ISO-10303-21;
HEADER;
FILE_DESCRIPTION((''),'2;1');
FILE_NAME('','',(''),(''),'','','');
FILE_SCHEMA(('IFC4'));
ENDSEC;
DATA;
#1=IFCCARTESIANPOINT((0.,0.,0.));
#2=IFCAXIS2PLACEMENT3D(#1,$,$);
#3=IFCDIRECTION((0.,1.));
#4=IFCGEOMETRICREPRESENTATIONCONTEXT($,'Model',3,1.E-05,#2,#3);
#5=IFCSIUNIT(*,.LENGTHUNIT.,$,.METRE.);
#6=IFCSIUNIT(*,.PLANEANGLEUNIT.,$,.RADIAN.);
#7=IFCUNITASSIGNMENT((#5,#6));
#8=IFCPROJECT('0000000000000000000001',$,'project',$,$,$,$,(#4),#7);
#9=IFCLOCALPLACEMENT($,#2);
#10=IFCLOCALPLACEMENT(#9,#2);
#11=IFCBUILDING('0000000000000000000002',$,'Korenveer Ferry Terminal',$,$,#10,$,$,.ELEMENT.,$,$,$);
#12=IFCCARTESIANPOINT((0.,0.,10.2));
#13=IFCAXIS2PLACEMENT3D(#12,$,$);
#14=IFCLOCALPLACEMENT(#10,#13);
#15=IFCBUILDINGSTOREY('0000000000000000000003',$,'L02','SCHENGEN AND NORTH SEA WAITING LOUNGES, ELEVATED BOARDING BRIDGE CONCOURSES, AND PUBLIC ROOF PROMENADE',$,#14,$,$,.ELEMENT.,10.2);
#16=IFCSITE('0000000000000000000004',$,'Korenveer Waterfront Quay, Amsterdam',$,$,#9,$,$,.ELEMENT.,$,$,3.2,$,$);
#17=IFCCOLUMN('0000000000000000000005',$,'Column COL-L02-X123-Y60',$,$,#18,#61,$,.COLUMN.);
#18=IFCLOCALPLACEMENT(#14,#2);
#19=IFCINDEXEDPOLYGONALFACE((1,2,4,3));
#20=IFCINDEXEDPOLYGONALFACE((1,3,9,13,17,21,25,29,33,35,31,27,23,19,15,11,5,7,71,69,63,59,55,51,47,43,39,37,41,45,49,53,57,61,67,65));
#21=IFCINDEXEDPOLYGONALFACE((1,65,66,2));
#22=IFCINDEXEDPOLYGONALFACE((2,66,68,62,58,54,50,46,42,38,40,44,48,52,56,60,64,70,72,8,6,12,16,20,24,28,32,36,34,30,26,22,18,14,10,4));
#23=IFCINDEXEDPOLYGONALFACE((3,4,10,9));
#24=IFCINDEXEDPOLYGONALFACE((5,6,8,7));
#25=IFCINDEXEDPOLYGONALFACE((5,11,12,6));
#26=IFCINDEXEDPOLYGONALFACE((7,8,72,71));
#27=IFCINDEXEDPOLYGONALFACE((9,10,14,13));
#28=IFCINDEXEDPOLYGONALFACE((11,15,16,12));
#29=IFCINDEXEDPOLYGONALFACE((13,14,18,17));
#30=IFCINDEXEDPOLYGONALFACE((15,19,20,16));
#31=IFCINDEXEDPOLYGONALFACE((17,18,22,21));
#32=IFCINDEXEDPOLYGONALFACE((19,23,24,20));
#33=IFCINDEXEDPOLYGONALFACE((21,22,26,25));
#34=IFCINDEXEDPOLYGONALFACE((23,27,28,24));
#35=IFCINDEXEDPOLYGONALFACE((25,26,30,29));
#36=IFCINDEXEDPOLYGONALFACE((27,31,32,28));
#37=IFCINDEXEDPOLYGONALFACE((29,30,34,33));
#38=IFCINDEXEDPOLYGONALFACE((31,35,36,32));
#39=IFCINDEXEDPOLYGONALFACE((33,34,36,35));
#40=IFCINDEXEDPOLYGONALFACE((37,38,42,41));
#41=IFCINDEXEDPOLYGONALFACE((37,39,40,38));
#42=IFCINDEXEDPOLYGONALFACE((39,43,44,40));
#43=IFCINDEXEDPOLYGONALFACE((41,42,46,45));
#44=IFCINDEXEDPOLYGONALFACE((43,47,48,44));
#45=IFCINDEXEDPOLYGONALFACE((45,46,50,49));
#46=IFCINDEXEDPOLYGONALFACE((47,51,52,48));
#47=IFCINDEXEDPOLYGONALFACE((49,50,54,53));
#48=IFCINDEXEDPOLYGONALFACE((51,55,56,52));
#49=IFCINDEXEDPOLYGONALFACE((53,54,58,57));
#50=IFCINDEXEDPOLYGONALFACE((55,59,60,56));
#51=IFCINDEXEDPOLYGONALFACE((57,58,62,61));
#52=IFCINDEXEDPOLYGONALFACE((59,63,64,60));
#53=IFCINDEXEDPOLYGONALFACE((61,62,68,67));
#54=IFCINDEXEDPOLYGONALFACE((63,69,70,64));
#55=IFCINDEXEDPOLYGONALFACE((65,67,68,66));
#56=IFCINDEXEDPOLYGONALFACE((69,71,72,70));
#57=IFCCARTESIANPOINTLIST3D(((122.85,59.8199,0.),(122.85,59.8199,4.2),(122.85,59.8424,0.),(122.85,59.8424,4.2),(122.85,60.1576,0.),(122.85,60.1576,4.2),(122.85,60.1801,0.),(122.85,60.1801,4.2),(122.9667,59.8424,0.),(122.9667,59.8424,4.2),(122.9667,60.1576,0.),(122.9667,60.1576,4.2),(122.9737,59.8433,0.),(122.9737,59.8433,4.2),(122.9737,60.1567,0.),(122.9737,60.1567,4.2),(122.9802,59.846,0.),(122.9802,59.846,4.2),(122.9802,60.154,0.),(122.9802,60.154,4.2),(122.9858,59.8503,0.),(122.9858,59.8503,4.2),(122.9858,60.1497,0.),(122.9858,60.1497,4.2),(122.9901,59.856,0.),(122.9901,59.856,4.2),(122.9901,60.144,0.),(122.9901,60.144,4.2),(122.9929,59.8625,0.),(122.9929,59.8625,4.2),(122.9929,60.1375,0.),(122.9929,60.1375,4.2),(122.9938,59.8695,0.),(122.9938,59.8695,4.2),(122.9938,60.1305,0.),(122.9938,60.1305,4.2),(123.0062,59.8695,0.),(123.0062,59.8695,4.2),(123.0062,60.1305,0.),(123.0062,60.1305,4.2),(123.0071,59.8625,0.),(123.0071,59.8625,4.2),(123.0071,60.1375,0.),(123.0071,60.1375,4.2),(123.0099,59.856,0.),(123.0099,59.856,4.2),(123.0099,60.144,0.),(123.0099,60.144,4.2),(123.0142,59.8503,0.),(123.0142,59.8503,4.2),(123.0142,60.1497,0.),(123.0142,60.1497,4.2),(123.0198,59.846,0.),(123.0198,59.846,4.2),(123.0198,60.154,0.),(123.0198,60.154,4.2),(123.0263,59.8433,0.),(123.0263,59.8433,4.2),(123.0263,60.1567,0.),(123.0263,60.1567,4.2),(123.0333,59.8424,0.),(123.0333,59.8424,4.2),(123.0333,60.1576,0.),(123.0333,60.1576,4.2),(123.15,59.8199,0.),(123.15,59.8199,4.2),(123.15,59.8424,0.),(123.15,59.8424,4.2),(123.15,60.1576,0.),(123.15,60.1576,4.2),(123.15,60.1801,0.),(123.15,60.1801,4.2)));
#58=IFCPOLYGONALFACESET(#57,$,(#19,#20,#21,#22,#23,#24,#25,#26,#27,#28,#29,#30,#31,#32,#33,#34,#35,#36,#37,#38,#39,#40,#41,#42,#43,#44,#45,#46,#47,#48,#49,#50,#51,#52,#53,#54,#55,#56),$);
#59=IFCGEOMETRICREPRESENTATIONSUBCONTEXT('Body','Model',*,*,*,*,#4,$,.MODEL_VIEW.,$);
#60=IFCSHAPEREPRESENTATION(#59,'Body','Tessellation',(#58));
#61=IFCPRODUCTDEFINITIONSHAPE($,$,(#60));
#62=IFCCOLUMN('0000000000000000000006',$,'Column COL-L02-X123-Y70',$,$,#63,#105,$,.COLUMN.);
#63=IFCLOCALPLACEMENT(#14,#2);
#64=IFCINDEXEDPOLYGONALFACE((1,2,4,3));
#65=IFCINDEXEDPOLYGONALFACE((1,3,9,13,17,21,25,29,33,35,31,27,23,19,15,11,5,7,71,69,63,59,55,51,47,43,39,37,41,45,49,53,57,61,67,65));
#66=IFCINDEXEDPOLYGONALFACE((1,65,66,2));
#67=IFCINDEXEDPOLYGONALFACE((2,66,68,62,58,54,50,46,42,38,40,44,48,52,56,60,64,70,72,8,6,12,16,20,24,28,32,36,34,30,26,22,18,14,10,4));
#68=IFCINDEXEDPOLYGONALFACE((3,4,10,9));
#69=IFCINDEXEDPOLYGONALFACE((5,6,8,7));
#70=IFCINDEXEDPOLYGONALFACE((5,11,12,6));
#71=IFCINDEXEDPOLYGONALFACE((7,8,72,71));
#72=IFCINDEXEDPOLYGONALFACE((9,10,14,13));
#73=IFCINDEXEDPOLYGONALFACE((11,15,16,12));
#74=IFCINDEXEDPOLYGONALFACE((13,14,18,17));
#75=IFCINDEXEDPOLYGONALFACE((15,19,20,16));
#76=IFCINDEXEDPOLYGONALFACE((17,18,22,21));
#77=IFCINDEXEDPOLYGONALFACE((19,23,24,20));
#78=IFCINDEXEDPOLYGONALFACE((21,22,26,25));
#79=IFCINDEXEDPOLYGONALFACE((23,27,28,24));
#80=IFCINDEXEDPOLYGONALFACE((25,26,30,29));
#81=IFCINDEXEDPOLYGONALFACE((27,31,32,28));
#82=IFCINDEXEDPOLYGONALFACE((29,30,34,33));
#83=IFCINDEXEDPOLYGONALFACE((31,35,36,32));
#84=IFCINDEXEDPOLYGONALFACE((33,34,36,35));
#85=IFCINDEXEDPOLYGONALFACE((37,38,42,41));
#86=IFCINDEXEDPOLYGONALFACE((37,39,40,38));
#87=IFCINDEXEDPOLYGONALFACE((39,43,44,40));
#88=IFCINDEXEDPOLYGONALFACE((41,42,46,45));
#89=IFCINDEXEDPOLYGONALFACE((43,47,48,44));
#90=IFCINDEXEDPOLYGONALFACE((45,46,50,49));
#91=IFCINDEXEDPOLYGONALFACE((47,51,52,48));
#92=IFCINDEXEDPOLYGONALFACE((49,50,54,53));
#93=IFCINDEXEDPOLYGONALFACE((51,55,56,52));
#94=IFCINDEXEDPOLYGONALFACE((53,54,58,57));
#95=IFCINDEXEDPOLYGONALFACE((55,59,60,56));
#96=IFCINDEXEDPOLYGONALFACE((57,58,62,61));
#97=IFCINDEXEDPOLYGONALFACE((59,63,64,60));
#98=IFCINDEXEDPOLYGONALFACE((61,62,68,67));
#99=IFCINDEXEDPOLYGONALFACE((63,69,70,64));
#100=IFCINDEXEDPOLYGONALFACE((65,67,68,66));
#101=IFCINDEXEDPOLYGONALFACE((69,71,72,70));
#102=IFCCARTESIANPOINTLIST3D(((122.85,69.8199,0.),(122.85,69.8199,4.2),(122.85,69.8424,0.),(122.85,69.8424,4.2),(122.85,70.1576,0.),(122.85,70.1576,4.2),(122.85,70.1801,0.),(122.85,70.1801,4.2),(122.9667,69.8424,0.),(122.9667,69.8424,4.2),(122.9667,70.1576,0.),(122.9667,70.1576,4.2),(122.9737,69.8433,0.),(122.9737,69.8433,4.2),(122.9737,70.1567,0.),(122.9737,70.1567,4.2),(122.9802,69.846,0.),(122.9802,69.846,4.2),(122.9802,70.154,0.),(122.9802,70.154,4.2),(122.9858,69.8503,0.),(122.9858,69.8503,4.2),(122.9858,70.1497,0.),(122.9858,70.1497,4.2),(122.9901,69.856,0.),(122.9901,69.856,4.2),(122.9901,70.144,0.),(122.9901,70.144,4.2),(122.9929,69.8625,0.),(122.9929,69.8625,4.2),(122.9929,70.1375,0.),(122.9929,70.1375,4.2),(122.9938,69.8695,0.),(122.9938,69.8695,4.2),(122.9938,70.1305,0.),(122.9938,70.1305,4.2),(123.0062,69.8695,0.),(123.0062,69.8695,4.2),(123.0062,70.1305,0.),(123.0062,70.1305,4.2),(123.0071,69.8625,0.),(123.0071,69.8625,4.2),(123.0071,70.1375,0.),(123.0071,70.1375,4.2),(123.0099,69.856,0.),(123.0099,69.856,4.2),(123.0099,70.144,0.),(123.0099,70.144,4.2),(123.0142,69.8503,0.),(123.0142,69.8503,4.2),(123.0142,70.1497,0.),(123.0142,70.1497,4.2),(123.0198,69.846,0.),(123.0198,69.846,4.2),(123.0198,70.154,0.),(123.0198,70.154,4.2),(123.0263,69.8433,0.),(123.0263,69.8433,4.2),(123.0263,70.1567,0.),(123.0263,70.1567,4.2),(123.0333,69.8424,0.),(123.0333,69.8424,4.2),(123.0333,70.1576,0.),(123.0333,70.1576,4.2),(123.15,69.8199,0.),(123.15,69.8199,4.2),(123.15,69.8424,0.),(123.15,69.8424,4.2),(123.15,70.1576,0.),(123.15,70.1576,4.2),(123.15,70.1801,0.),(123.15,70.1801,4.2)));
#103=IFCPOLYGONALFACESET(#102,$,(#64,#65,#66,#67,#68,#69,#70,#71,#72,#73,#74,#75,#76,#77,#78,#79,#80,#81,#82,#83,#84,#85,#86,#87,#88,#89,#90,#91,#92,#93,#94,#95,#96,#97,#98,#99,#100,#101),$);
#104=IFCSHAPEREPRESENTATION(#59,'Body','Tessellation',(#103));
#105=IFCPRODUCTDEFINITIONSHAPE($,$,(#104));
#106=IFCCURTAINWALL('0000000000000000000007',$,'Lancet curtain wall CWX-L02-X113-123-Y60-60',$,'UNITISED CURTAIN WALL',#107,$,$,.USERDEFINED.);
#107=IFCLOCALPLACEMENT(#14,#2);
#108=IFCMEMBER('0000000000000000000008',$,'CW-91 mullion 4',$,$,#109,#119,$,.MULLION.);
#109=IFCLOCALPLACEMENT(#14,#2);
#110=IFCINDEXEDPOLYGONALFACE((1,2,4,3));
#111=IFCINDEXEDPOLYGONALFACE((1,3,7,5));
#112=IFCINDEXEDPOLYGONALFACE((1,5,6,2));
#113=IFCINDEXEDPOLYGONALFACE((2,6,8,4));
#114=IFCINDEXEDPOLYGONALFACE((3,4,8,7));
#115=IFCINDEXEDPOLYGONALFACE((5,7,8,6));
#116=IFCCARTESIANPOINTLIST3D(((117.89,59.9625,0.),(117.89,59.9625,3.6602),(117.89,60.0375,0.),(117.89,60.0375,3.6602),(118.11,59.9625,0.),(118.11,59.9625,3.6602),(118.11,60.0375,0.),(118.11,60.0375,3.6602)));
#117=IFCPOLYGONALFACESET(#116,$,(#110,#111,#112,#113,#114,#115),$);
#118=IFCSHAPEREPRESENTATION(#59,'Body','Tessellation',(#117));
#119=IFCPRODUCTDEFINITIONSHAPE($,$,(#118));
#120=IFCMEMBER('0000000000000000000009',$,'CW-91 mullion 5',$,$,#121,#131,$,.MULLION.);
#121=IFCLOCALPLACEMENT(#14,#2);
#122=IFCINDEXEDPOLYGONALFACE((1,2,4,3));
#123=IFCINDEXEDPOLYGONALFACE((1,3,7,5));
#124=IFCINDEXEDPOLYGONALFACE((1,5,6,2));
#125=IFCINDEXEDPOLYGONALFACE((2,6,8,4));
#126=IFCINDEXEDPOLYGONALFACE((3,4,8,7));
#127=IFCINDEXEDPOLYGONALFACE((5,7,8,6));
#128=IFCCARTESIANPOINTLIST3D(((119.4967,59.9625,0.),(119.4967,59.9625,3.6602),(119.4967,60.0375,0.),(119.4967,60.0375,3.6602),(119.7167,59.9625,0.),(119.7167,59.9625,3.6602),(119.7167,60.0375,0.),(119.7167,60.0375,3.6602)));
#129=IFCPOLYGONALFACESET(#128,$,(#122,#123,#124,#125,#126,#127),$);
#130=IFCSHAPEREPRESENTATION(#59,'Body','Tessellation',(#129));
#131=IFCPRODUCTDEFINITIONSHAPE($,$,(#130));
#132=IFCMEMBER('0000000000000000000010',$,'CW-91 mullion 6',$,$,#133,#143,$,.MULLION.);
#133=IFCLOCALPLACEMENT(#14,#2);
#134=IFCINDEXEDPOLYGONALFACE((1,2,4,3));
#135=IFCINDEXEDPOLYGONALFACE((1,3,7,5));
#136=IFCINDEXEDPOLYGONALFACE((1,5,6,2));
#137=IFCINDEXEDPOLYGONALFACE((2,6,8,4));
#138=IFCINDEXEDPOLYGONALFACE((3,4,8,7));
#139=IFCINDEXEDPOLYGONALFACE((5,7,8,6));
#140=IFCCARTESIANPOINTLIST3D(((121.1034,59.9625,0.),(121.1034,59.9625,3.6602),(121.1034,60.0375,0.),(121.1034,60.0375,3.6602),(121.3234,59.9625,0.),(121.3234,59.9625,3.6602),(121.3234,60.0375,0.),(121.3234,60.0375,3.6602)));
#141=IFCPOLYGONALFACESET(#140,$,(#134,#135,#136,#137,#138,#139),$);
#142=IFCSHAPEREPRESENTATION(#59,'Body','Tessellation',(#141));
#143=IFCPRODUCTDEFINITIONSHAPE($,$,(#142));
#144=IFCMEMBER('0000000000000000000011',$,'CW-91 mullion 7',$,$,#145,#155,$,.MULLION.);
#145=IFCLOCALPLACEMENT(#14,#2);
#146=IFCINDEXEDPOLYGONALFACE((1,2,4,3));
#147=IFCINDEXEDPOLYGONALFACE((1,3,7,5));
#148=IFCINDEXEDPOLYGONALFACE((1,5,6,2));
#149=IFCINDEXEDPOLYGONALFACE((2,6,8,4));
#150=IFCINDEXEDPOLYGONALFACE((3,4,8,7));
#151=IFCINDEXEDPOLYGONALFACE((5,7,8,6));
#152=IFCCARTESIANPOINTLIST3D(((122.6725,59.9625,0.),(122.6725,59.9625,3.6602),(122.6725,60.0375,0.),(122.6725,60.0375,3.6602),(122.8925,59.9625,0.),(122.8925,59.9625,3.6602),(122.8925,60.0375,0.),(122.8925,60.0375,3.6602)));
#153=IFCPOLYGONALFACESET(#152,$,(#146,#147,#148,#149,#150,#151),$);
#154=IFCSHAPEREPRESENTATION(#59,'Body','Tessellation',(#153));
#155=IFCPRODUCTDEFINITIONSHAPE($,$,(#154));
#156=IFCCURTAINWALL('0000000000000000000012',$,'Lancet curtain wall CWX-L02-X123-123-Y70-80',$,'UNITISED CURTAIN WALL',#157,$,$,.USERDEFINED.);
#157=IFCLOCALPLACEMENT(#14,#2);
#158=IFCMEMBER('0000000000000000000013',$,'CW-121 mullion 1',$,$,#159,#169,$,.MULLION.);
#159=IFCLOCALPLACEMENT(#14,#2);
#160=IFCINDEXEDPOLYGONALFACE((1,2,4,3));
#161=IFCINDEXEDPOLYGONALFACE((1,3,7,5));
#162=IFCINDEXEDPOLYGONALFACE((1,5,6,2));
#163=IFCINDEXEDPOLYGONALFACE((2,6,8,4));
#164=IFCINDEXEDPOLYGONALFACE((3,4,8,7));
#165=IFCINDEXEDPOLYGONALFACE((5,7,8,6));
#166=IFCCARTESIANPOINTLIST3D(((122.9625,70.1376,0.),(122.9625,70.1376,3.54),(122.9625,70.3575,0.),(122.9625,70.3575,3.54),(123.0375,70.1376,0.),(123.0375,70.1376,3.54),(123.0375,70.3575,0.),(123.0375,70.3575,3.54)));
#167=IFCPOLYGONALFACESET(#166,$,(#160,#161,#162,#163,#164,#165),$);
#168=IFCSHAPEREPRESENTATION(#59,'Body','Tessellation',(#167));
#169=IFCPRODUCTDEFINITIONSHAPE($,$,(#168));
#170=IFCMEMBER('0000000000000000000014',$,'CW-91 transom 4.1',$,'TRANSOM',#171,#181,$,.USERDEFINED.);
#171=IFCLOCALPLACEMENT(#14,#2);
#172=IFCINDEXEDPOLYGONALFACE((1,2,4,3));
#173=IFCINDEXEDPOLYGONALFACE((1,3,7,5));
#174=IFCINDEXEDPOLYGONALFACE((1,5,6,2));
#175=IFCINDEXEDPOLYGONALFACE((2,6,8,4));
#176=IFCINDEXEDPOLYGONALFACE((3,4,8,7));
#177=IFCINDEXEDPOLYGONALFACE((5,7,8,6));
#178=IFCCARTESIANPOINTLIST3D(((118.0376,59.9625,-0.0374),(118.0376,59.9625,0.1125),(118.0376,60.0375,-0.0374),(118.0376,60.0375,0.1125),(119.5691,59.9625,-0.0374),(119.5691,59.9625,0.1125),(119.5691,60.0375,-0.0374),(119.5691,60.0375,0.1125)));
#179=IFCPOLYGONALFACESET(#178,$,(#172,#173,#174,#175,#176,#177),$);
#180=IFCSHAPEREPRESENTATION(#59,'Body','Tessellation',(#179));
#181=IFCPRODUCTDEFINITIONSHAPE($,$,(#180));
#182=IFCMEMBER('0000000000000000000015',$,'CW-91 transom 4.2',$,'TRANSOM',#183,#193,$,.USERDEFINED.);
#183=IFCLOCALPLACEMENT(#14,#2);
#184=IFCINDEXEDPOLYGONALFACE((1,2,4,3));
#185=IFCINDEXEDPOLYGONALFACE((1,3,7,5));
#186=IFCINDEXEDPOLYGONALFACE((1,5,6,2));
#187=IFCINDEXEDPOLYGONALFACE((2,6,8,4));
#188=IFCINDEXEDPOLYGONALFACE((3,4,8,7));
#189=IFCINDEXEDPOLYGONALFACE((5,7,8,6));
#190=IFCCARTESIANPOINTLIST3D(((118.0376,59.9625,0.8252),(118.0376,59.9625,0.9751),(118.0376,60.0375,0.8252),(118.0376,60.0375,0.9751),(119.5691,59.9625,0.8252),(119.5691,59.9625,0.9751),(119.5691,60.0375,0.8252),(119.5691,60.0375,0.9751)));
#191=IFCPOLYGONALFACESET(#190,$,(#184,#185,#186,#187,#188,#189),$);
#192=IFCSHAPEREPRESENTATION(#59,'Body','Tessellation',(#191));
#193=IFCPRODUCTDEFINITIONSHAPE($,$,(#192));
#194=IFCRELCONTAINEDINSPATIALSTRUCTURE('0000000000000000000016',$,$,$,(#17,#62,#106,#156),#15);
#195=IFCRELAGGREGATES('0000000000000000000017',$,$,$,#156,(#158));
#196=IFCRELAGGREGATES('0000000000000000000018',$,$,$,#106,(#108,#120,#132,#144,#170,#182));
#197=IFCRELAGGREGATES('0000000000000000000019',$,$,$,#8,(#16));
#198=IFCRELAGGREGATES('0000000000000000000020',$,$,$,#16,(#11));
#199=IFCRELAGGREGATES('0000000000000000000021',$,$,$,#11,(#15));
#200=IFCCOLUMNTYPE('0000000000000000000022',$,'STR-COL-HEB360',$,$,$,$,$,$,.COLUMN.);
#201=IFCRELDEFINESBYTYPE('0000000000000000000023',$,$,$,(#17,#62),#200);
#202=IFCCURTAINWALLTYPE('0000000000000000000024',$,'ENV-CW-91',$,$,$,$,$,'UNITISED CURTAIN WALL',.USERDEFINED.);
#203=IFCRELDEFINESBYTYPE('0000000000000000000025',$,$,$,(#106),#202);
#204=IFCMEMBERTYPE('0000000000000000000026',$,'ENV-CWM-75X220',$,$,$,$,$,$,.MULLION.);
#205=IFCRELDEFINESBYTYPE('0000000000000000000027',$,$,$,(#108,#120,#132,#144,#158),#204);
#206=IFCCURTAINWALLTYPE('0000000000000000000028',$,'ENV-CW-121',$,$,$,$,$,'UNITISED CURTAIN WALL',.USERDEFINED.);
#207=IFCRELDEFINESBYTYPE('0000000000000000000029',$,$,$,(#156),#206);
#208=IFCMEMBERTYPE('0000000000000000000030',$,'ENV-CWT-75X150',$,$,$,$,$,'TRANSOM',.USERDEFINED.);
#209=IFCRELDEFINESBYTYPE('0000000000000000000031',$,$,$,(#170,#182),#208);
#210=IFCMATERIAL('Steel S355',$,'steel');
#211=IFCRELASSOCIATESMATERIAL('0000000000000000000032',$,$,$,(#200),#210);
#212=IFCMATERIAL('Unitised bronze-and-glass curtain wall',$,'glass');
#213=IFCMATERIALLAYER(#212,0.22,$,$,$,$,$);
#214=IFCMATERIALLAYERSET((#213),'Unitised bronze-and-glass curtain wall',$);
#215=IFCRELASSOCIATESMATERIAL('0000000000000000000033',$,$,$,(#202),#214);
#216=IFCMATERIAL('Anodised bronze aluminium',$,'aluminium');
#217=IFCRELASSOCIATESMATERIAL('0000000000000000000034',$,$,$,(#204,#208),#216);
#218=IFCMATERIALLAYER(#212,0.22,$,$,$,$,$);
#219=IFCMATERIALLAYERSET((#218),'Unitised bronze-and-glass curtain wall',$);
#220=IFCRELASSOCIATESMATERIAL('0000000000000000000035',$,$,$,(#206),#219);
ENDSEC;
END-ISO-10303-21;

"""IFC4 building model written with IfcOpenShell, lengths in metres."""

from ifc_helpers import new_model, si_unit, direction, frame, origin, origin_2d, place, context, subcontext, project, spatial, rectangle, i_section, extrude, material, layer, layer_set, material_profile, profile_set, type_object, element, aggregate, save


model = new_model("IFC4")

# Units and contexts
model_context = context("Model", 3, precision=1e-05, world=origin(), true_north=direction((0.0, 1.0)))
body_context = subcontext(model_context, "Body", "Model", "MODEL_VIEW")
ifc_project = project(units=[si_unit("LENGTHUNIT", "METRE"), si_unit("PLANEANGLEUNIT", "RADIAN")], contexts=[model_context])

# Site, building, storey
site_placement = place(None, origin())
site = spatial("IfcSite", under=ifc_project, at=site_placement, Name="Korenveer Waterfront Quay, Amsterdam", CompositionType="ELEMENT", RefElevation=3.2)
building_placement = place(site_placement, origin())
building = spatial("IfcBuilding", under=site, at=building_placement, Name="Korenveer Ferry Terminal", CompositionType="ELEMENT")
storey_placement = place(building_placement, frame((0.0, 0.0, 10.2)))
storey = spatial("IfcBuildingStorey", under=building, at=storey_placement, Name="L02", Description="SCHENGEN AND NORTH SEA WAITING LOUNGES, ELEVATED BOARDING BRIDGE CONCOURSES, AND PUBLIC ROOF PROMENADE", CompositionType="ELEMENT", Elevation=10.2)

# Columns
ifc_material_1 = material(Name="Steel S355", Category="steel")
ifc_material_profile_1 = material_profile(ifc_material_1, i_section(OverallWidth=0.3, OverallDepth=0.3601, WebThickness=0.0125, FlangeThickness=0.0225, FilletRadius=0.0271, at=origin_2d()), Name="HEB 360")
ifc_profile_set_1 = profile_set([ifc_material_profile_1], Name="Steel S355")
column_type = type_object("IfcColumnType", Name="STR-COL-HEB360", PredefinedType="COLUMN", material=ifc_profile_set_1)
for number, where, z_axis, x_axis, name in (
    (1, (123.0, 60.0, 0.0), (0.0, 0.0, 1.0), (1.0, 0.0, 0.0), "Column COL-L02-X123-Y60"),
    (2, (123.0, 70.0, 0.0), (0.0, 0.0, 1.0), (1.0, 0.0, 0.0), "Column COL-L02-X123-Y70"),
):
    element("IfcColumn", number, at=place(storey_placement, frame(where, z_axis=z_axis, x_axis=x_axis)), inside=storey, type_object=column_type, Name=name, PredefinedType="COLUMN", context=body_context, shape_type="SweptSolid", body=[
        extrude(i_section(OverallWidth=0.3, OverallDepth=0.3601, WebThickness=0.0125, FlangeThickness=0.0225, FilletRadius=0.0271, at=origin_2d()), origin(), (0.0, 0.0, 1.0), 4.2),
    ])

# Curtain wall, members
ifc_material_2 = material(Name="Unitised bronze-and-glass curtain wall", Category="glass")
ifc_layer_1 = layer(ifc_material_2, 0.22)
ifc_layer_set_1 = layer_set([ifc_layer_1], Name="Unitised bronze-and-glass curtain wall")
curtain_wall_type_1 = type_object("IfcCurtainWallType", Name="ENV-CW-91", ElementType="UNITISED CURTAIN WALL", PredefinedType="USERDEFINED", material=ifc_layer_set_1)
curtain_wall_1_placement = place(storey_placement, frame((113.1799, 60.0, 0.0)))
curtain_wall_1 = element("IfcCurtainWall", 3, at=curtain_wall_1_placement, inside=storey, type_object=curtain_wall_type_1, Name="Lancet curtain wall CWX-L02-X113-123-Y60-60", ObjectType="UNITISED CURTAIN WALL", PredefinedType="USERDEFINED")
ifc_material_3 = material(Name="Anodised bronze aluminium", Category="aluminium")
ifc_material_profile_2 = material_profile(ifc_material_3, rectangle(XDim=0.075, YDim=0.22, at=origin_2d()), Name="ALU 75x220")
ifc_profile_set_2 = profile_set([ifc_material_profile_2], Name="Anodised bronze aluminium")
member_type_1 = type_object("IfcMemberType", Name="ENV-CWM-75X220", PredefinedType="MULLION", material=ifc_profile_set_2)
member_1_placement = place(storey_placement, frame((118.0, 60.0, 0.0), z_axis=(0.0, 0.0, 1.0), x_axis=(0.0, 1.0, 0.0)))
member_1 = element("IfcMember", 4, at=member_1_placement, type_object=member_type_1, Name="CW-91 mullion 4", PredefinedType="MULLION", context=body_context, shape_type="SweptSolid", body=[
    extrude(rectangle(XDim=0.075, YDim=0.22, at=origin_2d()), origin(), (0.0, 0.0, 1.0), 3.6602),
])
member_2_placement = place(storey_placement, frame((119.6067, 60.0, 0.0), z_axis=(0.0, 0.0, 1.0), x_axis=(0.0, 1.0, 0.0)))
member_2 = element("IfcMember", 5, at=member_2_placement, type_object=member_type_1, Name="CW-91 mullion 5", PredefinedType="MULLION", context=body_context, shape_type="SweptSolid", body=[
    extrude(rectangle(XDim=0.075, YDim=0.22, at=origin_2d()), origin(), (0.0, 0.0, 1.0), 3.6602),
])
member_3_placement = place(storey_placement, frame((121.2134, 60.0, 0.0), z_axis=(0.0, 0.0, 1.0), x_axis=(0.0, 1.0, 0.0)))
member_3 = element("IfcMember", 6, at=member_3_placement, type_object=member_type_1, Name="CW-91 mullion 6", PredefinedType="MULLION", context=body_context, shape_type="SweptSolid", body=[
    extrude(rectangle(XDim=0.075, YDim=0.22, at=origin_2d()), origin(), (0.0, 0.0, 1.0), 3.6602),
])
member_4_placement = place(storey_placement, frame((122.7825, 60.0, 0.0), z_axis=(0.0, 0.0, 1.0), x_axis=(0.0, 1.0, 0.0)))
member_4 = element("IfcMember", 7, at=member_4_placement, type_object=member_type_1, Name="CW-91 mullion 7", PredefinedType="MULLION", context=body_context, shape_type="SweptSolid", body=[
    extrude(rectangle(XDim=0.075, YDim=0.22, at=origin_2d()), origin(), (0.0, 0.0, 1.0), 3.6602),
])

# Curtain wall, member
ifc_layer_2 = layer(ifc_material_2, 0.22)
ifc_layer_set_2 = layer_set([ifc_layer_2], Name="Unitised bronze-and-glass curtain wall")
curtain_wall_type_2 = type_object("IfcCurtainWallType", Name="ENV-CW-121", ElementType="UNITISED CURTAIN WALL", PredefinedType="USERDEFINED", material=ifc_layer_set_2)
curtain_wall_2_placement = place(storey_placement, frame((123.0, 70.21, 0.0)))
curtain_wall_2 = element("IfcCurtainWall", 8, at=curtain_wall_2_placement, inside=storey, type_object=curtain_wall_type_2, Name="Lancet curtain wall CWX-L02-X123-123-Y70-80", ObjectType="UNITISED CURTAIN WALL", PredefinedType="USERDEFINED")
member_5_placement = place(storey_placement, frame((123.0, 70.2476, 0.0), z_axis=(0.0, 0.0, 1.0), x_axis=(-1.0, 0.0, 0.0)))
member_5 = element("IfcMember", 9, at=member_5_placement, type_object=member_type_1, Name="CW-121 mullion 1", PredefinedType="MULLION", context=body_context, shape_type="SweptSolid", body=[
    extrude(rectangle(XDim=0.075, YDim=0.22, at=origin_2d()), origin(), (0.0, 0.0, 1.0), 3.54),
])
aggregate(curtain_wall_2, [member_5])

# Members
ifc_material_profile_3 = material_profile(ifc_material_3, rectangle(XDim=0.075, YDim=0.1499, at=origin_2d()), Name="ALU 75x150")
ifc_profile_set_3 = profile_set([ifc_material_profile_3], Name="Anodised bronze aluminium")
member_type_2 = type_object("IfcMemberType", Name="ENV-CWT-75X150", ElementType="TRANSOM", PredefinedType="USERDEFINED", material=ifc_profile_set_3)
member_6_placement = place(storey_placement, frame((118.0376, 60.0, 0.0376), z_axis=(1.0, 0.0, 0.0), x_axis=(0.0, 1.0, 0.0)))
member_6 = element("IfcMember", 10, at=member_6_placement, type_object=member_type_2, Name="CW-91 transom 4.1", ObjectType="TRANSOM", PredefinedType="USERDEFINED", context=body_context, shape_type="SweptSolid", body=[
    extrude(rectangle(XDim=0.075, YDim=0.1499, at=origin_2d()), origin(), (0.0, 0.0, 1.0), 1.5315),
])
member_7_placement = place(storey_placement, frame((118.0376, 60.0, 0.9001), z_axis=(1.0, 0.0, 0.0), x_axis=(0.0, 1.0, 0.0)))
member_7 = element("IfcMember", 11, at=member_7_placement, type_object=member_type_2, Name="CW-91 transom 4.2", ObjectType="TRANSOM", PredefinedType="USERDEFINED", context=body_context, shape_type="SweptSolid", body=[
    extrude(rectangle(XDim=0.075, YDim=0.1499, at=origin_2d()), origin(), (0.0, 0.0, 1.0), 1.5315),
])

aggregate(curtain_wall_1, [member_1, member_2, member_3, member_4, member_6, member_7])

save(model, "model.ifc")
